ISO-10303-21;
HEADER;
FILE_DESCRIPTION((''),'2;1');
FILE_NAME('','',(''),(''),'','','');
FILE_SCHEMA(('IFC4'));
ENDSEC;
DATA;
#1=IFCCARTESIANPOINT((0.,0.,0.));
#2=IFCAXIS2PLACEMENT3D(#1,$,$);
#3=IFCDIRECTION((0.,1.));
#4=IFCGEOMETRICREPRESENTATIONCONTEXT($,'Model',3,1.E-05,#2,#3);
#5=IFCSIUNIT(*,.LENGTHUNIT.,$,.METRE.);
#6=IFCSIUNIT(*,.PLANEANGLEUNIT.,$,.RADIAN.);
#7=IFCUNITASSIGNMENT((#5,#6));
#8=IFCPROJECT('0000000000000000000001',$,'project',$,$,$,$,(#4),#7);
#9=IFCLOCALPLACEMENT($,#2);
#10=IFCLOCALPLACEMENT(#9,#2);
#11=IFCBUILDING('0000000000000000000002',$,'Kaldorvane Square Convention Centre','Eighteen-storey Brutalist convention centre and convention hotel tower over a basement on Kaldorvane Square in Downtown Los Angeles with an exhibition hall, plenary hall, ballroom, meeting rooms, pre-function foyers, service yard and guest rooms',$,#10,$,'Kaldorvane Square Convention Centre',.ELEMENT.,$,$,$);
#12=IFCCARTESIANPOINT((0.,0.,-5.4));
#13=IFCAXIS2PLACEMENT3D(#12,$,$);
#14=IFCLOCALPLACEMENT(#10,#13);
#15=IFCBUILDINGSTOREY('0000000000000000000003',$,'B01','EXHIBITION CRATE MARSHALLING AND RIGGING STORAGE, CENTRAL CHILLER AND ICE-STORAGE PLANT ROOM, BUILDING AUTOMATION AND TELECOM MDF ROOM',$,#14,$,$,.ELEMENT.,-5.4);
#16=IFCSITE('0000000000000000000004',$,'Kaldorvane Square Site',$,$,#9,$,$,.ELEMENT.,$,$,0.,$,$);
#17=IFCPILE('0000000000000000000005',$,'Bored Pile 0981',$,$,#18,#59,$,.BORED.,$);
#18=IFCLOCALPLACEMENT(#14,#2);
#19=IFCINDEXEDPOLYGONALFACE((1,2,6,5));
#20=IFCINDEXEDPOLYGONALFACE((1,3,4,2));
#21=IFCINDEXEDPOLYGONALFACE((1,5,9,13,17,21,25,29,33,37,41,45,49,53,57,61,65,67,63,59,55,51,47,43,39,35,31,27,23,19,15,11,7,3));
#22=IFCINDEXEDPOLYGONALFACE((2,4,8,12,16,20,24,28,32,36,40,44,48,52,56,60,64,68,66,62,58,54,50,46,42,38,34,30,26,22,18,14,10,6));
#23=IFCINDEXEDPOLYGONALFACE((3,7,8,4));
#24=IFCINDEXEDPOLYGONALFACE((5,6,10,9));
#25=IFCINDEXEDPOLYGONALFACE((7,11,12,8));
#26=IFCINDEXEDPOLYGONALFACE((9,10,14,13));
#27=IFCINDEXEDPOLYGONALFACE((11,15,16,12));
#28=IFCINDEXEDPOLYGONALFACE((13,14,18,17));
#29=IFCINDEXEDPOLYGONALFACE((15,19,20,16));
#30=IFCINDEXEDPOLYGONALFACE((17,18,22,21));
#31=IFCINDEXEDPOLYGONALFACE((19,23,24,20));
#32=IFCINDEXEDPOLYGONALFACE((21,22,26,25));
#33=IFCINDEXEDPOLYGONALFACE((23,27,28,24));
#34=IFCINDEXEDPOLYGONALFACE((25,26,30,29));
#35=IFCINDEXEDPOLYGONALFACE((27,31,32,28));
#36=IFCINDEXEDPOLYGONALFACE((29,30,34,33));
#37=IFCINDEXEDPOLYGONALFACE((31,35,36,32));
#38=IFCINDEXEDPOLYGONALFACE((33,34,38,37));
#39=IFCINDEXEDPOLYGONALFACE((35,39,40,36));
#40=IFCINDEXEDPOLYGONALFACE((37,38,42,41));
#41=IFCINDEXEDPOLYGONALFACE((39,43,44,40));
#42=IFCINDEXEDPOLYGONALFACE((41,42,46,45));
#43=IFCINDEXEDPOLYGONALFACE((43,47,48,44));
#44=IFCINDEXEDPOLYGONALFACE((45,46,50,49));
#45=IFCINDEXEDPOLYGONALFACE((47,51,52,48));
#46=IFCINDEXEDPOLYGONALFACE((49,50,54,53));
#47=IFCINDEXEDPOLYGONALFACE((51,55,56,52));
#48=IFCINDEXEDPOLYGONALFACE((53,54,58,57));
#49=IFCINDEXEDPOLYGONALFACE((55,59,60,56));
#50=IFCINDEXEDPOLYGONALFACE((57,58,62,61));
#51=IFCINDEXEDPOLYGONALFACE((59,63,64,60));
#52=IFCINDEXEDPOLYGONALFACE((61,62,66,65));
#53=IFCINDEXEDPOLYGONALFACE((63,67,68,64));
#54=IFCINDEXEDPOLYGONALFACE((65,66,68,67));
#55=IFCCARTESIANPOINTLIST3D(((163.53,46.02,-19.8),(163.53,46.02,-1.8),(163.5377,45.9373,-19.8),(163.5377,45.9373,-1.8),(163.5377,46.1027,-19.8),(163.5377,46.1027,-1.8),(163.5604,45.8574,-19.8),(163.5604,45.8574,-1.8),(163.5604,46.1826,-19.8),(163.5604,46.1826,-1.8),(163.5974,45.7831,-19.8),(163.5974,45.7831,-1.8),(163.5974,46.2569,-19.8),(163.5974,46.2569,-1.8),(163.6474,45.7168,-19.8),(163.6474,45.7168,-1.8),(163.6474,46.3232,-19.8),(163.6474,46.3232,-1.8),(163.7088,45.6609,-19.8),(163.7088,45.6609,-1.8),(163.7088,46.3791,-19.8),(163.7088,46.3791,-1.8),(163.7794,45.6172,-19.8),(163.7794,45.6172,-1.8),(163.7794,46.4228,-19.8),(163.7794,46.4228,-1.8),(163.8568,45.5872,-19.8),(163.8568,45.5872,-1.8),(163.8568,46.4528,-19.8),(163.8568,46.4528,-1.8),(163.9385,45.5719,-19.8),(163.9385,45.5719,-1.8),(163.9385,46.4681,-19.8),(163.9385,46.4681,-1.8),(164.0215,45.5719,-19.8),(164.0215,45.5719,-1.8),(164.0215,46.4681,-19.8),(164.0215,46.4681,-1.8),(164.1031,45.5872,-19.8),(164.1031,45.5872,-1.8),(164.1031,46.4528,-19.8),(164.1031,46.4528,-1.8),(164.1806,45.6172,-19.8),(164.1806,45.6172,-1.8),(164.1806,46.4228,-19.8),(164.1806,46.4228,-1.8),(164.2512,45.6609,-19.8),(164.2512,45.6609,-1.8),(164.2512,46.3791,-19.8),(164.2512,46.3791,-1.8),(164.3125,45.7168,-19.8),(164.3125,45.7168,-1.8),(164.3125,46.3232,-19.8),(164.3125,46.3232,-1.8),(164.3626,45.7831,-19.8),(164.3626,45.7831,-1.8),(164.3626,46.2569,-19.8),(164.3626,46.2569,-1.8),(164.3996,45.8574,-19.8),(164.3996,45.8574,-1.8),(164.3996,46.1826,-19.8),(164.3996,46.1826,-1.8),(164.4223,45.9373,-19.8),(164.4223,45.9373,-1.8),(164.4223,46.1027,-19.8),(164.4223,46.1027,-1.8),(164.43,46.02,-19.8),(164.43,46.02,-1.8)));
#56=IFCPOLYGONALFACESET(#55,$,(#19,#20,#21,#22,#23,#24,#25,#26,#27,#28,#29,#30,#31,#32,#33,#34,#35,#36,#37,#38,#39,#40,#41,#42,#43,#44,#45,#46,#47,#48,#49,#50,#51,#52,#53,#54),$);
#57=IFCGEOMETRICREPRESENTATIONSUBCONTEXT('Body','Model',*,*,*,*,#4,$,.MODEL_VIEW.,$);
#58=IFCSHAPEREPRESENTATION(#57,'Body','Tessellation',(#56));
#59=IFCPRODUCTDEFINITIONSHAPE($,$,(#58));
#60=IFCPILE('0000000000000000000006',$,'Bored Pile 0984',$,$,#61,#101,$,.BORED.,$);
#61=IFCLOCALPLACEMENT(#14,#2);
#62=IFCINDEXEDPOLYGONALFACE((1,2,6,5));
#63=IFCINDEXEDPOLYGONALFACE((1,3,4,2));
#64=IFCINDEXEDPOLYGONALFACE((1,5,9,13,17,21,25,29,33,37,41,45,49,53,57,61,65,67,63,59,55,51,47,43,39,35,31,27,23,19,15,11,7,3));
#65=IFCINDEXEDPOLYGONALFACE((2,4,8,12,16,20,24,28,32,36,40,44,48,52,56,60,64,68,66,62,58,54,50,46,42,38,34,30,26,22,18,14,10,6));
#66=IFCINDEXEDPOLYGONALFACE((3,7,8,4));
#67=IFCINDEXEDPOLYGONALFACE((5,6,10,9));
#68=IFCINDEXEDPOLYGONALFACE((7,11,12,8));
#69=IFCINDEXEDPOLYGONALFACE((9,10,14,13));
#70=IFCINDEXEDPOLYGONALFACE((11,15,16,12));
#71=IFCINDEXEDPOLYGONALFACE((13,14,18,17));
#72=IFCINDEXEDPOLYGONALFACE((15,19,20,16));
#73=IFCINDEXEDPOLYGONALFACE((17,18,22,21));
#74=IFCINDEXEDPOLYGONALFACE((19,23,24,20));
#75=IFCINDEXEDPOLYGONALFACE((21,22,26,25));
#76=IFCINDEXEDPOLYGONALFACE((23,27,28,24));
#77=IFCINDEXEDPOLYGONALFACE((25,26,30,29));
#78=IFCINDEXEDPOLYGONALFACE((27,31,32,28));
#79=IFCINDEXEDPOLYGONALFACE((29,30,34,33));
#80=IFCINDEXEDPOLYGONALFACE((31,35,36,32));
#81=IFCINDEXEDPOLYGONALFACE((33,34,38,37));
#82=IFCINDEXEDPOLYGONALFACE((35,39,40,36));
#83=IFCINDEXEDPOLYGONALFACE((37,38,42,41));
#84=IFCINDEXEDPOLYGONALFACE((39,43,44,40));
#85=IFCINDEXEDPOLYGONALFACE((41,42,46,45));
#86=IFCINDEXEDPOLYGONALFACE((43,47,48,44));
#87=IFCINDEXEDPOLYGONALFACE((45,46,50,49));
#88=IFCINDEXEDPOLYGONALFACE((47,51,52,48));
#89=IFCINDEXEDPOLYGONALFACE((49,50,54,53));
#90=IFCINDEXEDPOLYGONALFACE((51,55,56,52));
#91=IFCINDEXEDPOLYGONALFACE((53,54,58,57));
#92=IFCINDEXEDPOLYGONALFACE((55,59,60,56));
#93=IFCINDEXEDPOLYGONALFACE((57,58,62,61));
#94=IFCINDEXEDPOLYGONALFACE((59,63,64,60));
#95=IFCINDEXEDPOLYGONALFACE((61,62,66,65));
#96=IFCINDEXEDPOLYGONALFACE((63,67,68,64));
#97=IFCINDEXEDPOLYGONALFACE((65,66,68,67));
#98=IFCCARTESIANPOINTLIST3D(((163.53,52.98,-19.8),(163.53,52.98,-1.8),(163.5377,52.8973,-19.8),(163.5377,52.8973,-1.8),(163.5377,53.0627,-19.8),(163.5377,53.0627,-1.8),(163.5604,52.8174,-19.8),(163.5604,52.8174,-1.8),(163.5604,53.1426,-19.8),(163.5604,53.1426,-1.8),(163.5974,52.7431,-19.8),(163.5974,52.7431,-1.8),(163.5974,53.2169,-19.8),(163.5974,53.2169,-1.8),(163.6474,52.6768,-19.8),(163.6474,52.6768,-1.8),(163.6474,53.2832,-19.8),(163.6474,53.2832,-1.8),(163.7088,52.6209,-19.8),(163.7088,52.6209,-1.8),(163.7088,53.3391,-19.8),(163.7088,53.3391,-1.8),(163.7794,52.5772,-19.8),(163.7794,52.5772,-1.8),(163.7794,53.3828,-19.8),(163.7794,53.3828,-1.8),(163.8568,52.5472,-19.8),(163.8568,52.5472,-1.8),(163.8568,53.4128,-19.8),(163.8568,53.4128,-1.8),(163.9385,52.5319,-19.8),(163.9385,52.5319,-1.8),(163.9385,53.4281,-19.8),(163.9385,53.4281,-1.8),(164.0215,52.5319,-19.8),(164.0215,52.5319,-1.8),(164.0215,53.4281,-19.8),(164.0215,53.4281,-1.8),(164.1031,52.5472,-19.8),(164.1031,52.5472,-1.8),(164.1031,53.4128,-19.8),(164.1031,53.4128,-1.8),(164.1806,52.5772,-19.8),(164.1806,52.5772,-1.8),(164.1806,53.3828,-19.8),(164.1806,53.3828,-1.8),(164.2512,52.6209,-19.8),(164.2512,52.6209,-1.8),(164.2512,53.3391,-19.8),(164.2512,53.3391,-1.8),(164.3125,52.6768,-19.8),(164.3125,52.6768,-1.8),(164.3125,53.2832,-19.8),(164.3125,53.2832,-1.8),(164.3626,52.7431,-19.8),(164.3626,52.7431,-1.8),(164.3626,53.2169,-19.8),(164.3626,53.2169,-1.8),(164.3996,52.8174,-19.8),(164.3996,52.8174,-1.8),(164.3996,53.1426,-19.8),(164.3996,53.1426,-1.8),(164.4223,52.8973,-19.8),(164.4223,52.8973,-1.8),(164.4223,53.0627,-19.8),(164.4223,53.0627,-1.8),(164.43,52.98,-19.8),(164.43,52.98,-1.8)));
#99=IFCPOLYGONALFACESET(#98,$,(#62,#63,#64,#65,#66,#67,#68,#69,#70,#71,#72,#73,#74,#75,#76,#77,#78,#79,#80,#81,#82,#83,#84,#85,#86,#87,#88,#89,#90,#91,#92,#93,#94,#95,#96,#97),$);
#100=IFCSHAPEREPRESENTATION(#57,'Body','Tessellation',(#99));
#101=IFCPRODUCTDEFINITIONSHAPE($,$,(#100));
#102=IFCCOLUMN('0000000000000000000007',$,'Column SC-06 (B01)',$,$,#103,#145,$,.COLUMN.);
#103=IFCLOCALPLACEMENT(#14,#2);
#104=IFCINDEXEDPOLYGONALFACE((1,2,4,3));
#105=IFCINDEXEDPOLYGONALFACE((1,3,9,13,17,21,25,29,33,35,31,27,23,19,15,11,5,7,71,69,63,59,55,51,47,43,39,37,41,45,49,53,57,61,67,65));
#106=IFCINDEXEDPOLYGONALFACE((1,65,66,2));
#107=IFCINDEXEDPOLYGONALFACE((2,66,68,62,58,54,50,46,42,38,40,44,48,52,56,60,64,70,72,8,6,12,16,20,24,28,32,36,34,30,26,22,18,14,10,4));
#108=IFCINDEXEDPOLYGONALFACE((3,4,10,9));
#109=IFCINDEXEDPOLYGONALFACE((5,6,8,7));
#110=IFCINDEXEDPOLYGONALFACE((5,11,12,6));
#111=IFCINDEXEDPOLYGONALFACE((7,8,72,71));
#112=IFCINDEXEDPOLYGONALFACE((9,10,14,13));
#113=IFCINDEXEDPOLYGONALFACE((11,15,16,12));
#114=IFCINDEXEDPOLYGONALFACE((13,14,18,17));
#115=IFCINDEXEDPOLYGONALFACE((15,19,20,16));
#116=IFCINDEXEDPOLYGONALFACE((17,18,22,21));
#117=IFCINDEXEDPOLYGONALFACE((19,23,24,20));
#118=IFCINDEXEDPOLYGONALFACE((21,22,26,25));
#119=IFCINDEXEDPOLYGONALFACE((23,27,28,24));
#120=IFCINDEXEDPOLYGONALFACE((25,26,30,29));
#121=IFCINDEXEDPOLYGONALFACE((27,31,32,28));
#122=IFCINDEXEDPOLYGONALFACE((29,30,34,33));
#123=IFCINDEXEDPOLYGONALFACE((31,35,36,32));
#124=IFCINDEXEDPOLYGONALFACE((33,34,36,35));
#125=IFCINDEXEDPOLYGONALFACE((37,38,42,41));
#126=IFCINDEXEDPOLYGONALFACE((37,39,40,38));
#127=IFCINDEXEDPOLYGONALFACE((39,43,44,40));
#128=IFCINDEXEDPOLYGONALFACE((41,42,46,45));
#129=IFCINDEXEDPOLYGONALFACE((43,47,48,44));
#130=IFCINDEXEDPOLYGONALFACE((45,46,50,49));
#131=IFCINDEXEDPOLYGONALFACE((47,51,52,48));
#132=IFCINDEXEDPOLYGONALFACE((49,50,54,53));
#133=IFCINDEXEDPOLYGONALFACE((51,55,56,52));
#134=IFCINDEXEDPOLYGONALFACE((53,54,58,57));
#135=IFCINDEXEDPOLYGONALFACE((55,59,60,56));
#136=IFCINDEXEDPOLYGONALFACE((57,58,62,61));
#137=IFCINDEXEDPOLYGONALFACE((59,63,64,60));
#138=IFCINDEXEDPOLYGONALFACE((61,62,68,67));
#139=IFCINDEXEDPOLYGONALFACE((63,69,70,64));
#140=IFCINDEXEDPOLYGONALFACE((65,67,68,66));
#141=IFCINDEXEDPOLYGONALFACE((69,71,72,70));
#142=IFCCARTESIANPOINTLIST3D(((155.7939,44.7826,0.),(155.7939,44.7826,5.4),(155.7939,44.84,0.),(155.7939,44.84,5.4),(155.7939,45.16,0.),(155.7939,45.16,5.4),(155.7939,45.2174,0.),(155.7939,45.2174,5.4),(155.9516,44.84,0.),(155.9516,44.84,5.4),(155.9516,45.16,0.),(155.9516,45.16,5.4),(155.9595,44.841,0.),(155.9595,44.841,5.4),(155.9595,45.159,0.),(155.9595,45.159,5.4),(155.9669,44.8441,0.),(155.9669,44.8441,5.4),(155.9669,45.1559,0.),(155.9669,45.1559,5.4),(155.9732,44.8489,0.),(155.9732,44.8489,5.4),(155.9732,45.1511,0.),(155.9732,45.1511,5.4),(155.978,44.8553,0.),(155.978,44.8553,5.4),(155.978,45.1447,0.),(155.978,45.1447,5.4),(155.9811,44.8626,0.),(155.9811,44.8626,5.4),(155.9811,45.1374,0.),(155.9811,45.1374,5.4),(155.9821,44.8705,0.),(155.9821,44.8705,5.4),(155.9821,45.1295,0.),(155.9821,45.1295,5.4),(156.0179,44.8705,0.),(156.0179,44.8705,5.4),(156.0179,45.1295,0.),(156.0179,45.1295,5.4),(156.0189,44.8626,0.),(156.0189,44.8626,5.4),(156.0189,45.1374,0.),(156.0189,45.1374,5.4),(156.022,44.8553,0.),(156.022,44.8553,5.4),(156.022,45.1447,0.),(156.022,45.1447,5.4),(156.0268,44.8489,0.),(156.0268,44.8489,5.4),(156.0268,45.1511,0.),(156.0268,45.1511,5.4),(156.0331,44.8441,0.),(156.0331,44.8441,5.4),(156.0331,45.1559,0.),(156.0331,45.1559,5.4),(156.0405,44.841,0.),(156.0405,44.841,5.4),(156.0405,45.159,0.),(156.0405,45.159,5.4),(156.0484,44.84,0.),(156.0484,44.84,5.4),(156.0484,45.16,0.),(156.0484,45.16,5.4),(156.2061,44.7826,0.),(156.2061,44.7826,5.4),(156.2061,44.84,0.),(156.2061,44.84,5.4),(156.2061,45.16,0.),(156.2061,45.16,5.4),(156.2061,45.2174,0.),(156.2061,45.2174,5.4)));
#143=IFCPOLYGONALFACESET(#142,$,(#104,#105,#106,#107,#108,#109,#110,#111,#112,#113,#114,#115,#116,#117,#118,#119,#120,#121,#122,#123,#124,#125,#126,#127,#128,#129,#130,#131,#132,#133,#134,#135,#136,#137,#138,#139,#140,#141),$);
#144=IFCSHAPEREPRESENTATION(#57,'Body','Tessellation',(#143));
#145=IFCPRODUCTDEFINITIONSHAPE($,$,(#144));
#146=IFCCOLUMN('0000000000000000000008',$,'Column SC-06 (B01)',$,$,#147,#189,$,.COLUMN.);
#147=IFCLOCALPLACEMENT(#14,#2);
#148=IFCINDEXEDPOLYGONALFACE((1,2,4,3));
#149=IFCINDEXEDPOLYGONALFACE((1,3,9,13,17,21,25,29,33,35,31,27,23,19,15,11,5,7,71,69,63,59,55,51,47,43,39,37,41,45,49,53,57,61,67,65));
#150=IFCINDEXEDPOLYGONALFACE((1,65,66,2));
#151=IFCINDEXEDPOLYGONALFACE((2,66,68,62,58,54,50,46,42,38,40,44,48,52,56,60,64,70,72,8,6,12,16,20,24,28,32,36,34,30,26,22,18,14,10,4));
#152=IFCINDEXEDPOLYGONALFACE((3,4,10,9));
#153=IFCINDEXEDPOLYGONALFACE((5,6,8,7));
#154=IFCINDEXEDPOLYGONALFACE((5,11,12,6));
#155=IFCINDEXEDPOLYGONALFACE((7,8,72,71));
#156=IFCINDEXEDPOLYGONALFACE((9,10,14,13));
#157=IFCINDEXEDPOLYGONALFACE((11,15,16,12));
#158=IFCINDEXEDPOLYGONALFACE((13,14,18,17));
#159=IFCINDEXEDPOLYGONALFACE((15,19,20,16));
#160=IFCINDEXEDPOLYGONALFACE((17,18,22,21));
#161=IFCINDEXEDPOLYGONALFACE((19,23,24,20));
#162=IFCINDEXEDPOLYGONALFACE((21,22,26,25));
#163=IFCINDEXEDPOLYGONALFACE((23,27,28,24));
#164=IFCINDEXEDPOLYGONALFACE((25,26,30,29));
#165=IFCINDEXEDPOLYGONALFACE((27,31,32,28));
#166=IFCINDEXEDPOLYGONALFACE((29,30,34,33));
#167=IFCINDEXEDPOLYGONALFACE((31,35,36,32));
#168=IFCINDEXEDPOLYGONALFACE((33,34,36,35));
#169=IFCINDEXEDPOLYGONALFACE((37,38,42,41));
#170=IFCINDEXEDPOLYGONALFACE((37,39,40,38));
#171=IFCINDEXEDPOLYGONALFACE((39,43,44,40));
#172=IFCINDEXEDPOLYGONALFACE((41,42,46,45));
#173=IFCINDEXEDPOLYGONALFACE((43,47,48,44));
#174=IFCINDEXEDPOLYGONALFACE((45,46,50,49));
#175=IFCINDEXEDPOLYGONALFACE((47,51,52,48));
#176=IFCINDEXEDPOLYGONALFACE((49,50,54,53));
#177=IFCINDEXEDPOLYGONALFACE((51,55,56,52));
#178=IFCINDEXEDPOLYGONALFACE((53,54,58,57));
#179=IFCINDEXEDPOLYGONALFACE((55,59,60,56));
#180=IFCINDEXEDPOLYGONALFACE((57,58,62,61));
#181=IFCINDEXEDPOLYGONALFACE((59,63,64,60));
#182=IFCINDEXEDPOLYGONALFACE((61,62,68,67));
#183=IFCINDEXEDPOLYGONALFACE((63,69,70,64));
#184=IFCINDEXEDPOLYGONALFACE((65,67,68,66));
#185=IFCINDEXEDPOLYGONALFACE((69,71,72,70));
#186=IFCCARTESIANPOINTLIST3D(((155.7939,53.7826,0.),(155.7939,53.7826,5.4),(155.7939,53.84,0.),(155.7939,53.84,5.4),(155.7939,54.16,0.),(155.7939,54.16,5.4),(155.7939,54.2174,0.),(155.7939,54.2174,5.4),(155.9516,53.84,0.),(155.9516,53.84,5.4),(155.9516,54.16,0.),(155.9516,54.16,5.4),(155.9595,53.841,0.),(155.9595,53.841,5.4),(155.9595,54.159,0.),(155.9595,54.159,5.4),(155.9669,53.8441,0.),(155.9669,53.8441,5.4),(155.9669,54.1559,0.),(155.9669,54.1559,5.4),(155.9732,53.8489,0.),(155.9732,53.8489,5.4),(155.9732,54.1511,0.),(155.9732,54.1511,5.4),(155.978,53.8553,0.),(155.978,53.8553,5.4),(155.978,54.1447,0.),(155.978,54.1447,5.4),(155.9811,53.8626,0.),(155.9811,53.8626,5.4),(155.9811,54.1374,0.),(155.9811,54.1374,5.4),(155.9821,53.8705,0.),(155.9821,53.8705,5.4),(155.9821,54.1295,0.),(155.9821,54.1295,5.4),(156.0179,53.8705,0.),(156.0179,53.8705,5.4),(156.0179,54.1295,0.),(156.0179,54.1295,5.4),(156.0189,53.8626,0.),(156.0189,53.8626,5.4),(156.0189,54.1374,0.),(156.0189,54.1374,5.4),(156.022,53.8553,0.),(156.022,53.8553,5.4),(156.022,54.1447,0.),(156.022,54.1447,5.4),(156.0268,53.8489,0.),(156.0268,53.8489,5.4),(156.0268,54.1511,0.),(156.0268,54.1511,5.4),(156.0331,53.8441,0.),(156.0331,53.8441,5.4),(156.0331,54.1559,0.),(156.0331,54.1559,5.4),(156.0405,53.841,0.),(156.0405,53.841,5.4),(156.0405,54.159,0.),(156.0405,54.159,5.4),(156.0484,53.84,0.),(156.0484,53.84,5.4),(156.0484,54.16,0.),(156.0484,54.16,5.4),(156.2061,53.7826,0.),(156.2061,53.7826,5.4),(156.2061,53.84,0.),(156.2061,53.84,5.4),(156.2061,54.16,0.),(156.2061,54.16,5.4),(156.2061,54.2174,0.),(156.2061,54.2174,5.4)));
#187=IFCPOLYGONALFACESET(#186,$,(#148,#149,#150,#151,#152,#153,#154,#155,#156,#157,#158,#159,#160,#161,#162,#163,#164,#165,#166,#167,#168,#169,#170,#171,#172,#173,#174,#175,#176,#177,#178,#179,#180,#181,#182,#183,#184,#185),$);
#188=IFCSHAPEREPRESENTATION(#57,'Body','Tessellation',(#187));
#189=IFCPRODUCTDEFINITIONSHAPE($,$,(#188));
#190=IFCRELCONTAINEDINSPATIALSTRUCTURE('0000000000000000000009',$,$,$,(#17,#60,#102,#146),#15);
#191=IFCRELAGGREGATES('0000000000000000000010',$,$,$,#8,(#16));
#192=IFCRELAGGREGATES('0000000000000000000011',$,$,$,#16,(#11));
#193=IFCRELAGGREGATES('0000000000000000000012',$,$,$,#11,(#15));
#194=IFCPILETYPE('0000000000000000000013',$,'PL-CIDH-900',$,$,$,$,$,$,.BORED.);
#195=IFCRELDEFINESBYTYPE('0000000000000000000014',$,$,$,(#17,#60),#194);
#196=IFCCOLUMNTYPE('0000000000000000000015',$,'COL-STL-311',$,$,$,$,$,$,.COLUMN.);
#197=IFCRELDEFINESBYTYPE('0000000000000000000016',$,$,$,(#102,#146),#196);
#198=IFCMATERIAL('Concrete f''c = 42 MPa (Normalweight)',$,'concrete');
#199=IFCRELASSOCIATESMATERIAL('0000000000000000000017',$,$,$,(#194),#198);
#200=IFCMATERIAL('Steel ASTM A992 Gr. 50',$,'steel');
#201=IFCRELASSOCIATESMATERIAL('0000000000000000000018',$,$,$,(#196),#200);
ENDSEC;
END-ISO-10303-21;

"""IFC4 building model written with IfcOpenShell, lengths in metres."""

from ifc_helpers import new_model, si_unit, direction, frame, origin, origin_2d, place, context, subcontext, project, spatial, circle, i_section, extrude, material, material_profile, profile_set, type_object, element, save


model = new_model("IFC4")

# Units and contexts
model_context = context("Model", 3, precision=1e-05, world=origin(), true_north=direction((0.0, 1.0)))
body_context = subcontext(model_context, "Body", "Model", "MODEL_VIEW")
ifc_project = project(units=[si_unit("LENGTHUNIT", "METRE"), si_unit("PLANEANGLEUNIT", "RADIAN")], contexts=[model_context])

# Site, building, storey
site_placement = place(None, origin())
site = spatial("IfcSite", under=ifc_project, at=site_placement, Name="Kaldorvane Square Site", CompositionType="ELEMENT", RefElevation=0.0)
building_placement = place(site_placement, origin())
building = spatial("IfcBuilding", under=site, at=building_placement, Name="Kaldorvane Square Convention Centre", Description="Eighteen-storey Brutalist convention centre and convention hotel tower over a basement on Kaldorvane Square in Downtown Los Angeles with an exhibition hall, plenary hall, ballroom, meeting rooms, pre-function foyers, service yard and guest rooms", LongName="Kaldorvane Square Convention Centre", CompositionType="ELEMENT")
storey_placement = place(building_placement, frame((0.0, 0.0, -5.4)))
storey = spatial("IfcBuildingStorey", under=building, at=storey_placement, Name="B01", Description="EXHIBITION CRATE MARSHALLING AND RIGGING STORAGE, CENTRAL CHILLER AND ICE-STORAGE PLANT ROOM, BUILDING AUTOMATION AND TELECOM MDF ROOM", CompositionType="ELEMENT", Elevation=-5.4)

# Shared definitions
ifc_material_1 = material(Name="Concrete f'c = 42 MPa (Normalweight)", Category="concrete")

# Piles
ifc_material_profile_1 = material_profile(ifc_material_1, circle(Radius=0.45, at=origin_2d()), Name="PILE-D900")
ifc_profile_set_1 = profile_set([ifc_material_profile_1], Name="Concrete f'c = 42 MPa (Normalweight)")
pile_type = type_object("IfcPileType", Name="PL-CIDH-900", PredefinedType="BORED", material=ifc_profile_set_1)
for number, where, z_axis, x_axis, name in (
    (1, (163.98, 46.02, -1.8), (0.0, 0.0, -1.0), (1.0, 0.0, 0.0), "Bored Pile 0981"),
    (2, (163.98, 52.98, -1.8), (0.0, 0.0, -1.0), (1.0, 0.0, 0.0), "Bored Pile 0984"),
):
    element("IfcPile", number, at=place(storey_placement, frame(where, z_axis=z_axis, x_axis=x_axis)), inside=storey, type_object=pile_type, Name=name, PredefinedType="BORED", context=body_context, shape_type="SweptSolid", body=[
        extrude(circle(Radius=0.45, at=origin_2d()), origin(), (0.0, 0.0, 1.0), 18.0),
    ])

# Columns
ifc_material_2 = material(Name="Steel ASTM A992 Gr. 50", Category="steel")
ifc_material_profile_2 = material_profile(ifc_material_2, i_section(OverallWidth=0.4122, OverallDepth=0.4348, WebThickness=0.0358, FlangeThickness=0.0574, FilletRadius=0.0305, at=origin_2d()), Name="W14X311")
ifc_profile_set_2 = profile_set([ifc_material_profile_2], Name="Steel ASTM A992 Gr. 50")
column_type = type_object("IfcColumnType", Name="COL-STL-311", PredefinedType="COLUMN", material=ifc_profile_set_2)
for number, where, z_axis, x_axis, name in (
    (3, (156.0, 45.0, 0.0), (0.0, 0.0, 1.0), (1.0, 0.0, 0.0), "Column SC-06 (B01)"),
    (4, (156.0, 54.0, 0.0), (0.0, 0.0, 1.0), (1.0, 0.0, 0.0), "Column SC-06 (B01)"),
):
    element("IfcColumn", number, at=place(storey_placement, frame(where, z_axis=z_axis, x_axis=x_axis)), inside=storey, type_object=column_type, Name=name, PredefinedType="COLUMN", context=body_context, shape_type="SweptSolid", body=[
        extrude(i_section(OverallWidth=0.4122, OverallDepth=0.4348, WebThickness=0.0358, FlangeThickness=0.0574, FilletRadius=0.0305, at=origin_2d()), origin(), (0.0, 0.0, 1.0), 5.4),
    ])

save(model, "model.ifc")
